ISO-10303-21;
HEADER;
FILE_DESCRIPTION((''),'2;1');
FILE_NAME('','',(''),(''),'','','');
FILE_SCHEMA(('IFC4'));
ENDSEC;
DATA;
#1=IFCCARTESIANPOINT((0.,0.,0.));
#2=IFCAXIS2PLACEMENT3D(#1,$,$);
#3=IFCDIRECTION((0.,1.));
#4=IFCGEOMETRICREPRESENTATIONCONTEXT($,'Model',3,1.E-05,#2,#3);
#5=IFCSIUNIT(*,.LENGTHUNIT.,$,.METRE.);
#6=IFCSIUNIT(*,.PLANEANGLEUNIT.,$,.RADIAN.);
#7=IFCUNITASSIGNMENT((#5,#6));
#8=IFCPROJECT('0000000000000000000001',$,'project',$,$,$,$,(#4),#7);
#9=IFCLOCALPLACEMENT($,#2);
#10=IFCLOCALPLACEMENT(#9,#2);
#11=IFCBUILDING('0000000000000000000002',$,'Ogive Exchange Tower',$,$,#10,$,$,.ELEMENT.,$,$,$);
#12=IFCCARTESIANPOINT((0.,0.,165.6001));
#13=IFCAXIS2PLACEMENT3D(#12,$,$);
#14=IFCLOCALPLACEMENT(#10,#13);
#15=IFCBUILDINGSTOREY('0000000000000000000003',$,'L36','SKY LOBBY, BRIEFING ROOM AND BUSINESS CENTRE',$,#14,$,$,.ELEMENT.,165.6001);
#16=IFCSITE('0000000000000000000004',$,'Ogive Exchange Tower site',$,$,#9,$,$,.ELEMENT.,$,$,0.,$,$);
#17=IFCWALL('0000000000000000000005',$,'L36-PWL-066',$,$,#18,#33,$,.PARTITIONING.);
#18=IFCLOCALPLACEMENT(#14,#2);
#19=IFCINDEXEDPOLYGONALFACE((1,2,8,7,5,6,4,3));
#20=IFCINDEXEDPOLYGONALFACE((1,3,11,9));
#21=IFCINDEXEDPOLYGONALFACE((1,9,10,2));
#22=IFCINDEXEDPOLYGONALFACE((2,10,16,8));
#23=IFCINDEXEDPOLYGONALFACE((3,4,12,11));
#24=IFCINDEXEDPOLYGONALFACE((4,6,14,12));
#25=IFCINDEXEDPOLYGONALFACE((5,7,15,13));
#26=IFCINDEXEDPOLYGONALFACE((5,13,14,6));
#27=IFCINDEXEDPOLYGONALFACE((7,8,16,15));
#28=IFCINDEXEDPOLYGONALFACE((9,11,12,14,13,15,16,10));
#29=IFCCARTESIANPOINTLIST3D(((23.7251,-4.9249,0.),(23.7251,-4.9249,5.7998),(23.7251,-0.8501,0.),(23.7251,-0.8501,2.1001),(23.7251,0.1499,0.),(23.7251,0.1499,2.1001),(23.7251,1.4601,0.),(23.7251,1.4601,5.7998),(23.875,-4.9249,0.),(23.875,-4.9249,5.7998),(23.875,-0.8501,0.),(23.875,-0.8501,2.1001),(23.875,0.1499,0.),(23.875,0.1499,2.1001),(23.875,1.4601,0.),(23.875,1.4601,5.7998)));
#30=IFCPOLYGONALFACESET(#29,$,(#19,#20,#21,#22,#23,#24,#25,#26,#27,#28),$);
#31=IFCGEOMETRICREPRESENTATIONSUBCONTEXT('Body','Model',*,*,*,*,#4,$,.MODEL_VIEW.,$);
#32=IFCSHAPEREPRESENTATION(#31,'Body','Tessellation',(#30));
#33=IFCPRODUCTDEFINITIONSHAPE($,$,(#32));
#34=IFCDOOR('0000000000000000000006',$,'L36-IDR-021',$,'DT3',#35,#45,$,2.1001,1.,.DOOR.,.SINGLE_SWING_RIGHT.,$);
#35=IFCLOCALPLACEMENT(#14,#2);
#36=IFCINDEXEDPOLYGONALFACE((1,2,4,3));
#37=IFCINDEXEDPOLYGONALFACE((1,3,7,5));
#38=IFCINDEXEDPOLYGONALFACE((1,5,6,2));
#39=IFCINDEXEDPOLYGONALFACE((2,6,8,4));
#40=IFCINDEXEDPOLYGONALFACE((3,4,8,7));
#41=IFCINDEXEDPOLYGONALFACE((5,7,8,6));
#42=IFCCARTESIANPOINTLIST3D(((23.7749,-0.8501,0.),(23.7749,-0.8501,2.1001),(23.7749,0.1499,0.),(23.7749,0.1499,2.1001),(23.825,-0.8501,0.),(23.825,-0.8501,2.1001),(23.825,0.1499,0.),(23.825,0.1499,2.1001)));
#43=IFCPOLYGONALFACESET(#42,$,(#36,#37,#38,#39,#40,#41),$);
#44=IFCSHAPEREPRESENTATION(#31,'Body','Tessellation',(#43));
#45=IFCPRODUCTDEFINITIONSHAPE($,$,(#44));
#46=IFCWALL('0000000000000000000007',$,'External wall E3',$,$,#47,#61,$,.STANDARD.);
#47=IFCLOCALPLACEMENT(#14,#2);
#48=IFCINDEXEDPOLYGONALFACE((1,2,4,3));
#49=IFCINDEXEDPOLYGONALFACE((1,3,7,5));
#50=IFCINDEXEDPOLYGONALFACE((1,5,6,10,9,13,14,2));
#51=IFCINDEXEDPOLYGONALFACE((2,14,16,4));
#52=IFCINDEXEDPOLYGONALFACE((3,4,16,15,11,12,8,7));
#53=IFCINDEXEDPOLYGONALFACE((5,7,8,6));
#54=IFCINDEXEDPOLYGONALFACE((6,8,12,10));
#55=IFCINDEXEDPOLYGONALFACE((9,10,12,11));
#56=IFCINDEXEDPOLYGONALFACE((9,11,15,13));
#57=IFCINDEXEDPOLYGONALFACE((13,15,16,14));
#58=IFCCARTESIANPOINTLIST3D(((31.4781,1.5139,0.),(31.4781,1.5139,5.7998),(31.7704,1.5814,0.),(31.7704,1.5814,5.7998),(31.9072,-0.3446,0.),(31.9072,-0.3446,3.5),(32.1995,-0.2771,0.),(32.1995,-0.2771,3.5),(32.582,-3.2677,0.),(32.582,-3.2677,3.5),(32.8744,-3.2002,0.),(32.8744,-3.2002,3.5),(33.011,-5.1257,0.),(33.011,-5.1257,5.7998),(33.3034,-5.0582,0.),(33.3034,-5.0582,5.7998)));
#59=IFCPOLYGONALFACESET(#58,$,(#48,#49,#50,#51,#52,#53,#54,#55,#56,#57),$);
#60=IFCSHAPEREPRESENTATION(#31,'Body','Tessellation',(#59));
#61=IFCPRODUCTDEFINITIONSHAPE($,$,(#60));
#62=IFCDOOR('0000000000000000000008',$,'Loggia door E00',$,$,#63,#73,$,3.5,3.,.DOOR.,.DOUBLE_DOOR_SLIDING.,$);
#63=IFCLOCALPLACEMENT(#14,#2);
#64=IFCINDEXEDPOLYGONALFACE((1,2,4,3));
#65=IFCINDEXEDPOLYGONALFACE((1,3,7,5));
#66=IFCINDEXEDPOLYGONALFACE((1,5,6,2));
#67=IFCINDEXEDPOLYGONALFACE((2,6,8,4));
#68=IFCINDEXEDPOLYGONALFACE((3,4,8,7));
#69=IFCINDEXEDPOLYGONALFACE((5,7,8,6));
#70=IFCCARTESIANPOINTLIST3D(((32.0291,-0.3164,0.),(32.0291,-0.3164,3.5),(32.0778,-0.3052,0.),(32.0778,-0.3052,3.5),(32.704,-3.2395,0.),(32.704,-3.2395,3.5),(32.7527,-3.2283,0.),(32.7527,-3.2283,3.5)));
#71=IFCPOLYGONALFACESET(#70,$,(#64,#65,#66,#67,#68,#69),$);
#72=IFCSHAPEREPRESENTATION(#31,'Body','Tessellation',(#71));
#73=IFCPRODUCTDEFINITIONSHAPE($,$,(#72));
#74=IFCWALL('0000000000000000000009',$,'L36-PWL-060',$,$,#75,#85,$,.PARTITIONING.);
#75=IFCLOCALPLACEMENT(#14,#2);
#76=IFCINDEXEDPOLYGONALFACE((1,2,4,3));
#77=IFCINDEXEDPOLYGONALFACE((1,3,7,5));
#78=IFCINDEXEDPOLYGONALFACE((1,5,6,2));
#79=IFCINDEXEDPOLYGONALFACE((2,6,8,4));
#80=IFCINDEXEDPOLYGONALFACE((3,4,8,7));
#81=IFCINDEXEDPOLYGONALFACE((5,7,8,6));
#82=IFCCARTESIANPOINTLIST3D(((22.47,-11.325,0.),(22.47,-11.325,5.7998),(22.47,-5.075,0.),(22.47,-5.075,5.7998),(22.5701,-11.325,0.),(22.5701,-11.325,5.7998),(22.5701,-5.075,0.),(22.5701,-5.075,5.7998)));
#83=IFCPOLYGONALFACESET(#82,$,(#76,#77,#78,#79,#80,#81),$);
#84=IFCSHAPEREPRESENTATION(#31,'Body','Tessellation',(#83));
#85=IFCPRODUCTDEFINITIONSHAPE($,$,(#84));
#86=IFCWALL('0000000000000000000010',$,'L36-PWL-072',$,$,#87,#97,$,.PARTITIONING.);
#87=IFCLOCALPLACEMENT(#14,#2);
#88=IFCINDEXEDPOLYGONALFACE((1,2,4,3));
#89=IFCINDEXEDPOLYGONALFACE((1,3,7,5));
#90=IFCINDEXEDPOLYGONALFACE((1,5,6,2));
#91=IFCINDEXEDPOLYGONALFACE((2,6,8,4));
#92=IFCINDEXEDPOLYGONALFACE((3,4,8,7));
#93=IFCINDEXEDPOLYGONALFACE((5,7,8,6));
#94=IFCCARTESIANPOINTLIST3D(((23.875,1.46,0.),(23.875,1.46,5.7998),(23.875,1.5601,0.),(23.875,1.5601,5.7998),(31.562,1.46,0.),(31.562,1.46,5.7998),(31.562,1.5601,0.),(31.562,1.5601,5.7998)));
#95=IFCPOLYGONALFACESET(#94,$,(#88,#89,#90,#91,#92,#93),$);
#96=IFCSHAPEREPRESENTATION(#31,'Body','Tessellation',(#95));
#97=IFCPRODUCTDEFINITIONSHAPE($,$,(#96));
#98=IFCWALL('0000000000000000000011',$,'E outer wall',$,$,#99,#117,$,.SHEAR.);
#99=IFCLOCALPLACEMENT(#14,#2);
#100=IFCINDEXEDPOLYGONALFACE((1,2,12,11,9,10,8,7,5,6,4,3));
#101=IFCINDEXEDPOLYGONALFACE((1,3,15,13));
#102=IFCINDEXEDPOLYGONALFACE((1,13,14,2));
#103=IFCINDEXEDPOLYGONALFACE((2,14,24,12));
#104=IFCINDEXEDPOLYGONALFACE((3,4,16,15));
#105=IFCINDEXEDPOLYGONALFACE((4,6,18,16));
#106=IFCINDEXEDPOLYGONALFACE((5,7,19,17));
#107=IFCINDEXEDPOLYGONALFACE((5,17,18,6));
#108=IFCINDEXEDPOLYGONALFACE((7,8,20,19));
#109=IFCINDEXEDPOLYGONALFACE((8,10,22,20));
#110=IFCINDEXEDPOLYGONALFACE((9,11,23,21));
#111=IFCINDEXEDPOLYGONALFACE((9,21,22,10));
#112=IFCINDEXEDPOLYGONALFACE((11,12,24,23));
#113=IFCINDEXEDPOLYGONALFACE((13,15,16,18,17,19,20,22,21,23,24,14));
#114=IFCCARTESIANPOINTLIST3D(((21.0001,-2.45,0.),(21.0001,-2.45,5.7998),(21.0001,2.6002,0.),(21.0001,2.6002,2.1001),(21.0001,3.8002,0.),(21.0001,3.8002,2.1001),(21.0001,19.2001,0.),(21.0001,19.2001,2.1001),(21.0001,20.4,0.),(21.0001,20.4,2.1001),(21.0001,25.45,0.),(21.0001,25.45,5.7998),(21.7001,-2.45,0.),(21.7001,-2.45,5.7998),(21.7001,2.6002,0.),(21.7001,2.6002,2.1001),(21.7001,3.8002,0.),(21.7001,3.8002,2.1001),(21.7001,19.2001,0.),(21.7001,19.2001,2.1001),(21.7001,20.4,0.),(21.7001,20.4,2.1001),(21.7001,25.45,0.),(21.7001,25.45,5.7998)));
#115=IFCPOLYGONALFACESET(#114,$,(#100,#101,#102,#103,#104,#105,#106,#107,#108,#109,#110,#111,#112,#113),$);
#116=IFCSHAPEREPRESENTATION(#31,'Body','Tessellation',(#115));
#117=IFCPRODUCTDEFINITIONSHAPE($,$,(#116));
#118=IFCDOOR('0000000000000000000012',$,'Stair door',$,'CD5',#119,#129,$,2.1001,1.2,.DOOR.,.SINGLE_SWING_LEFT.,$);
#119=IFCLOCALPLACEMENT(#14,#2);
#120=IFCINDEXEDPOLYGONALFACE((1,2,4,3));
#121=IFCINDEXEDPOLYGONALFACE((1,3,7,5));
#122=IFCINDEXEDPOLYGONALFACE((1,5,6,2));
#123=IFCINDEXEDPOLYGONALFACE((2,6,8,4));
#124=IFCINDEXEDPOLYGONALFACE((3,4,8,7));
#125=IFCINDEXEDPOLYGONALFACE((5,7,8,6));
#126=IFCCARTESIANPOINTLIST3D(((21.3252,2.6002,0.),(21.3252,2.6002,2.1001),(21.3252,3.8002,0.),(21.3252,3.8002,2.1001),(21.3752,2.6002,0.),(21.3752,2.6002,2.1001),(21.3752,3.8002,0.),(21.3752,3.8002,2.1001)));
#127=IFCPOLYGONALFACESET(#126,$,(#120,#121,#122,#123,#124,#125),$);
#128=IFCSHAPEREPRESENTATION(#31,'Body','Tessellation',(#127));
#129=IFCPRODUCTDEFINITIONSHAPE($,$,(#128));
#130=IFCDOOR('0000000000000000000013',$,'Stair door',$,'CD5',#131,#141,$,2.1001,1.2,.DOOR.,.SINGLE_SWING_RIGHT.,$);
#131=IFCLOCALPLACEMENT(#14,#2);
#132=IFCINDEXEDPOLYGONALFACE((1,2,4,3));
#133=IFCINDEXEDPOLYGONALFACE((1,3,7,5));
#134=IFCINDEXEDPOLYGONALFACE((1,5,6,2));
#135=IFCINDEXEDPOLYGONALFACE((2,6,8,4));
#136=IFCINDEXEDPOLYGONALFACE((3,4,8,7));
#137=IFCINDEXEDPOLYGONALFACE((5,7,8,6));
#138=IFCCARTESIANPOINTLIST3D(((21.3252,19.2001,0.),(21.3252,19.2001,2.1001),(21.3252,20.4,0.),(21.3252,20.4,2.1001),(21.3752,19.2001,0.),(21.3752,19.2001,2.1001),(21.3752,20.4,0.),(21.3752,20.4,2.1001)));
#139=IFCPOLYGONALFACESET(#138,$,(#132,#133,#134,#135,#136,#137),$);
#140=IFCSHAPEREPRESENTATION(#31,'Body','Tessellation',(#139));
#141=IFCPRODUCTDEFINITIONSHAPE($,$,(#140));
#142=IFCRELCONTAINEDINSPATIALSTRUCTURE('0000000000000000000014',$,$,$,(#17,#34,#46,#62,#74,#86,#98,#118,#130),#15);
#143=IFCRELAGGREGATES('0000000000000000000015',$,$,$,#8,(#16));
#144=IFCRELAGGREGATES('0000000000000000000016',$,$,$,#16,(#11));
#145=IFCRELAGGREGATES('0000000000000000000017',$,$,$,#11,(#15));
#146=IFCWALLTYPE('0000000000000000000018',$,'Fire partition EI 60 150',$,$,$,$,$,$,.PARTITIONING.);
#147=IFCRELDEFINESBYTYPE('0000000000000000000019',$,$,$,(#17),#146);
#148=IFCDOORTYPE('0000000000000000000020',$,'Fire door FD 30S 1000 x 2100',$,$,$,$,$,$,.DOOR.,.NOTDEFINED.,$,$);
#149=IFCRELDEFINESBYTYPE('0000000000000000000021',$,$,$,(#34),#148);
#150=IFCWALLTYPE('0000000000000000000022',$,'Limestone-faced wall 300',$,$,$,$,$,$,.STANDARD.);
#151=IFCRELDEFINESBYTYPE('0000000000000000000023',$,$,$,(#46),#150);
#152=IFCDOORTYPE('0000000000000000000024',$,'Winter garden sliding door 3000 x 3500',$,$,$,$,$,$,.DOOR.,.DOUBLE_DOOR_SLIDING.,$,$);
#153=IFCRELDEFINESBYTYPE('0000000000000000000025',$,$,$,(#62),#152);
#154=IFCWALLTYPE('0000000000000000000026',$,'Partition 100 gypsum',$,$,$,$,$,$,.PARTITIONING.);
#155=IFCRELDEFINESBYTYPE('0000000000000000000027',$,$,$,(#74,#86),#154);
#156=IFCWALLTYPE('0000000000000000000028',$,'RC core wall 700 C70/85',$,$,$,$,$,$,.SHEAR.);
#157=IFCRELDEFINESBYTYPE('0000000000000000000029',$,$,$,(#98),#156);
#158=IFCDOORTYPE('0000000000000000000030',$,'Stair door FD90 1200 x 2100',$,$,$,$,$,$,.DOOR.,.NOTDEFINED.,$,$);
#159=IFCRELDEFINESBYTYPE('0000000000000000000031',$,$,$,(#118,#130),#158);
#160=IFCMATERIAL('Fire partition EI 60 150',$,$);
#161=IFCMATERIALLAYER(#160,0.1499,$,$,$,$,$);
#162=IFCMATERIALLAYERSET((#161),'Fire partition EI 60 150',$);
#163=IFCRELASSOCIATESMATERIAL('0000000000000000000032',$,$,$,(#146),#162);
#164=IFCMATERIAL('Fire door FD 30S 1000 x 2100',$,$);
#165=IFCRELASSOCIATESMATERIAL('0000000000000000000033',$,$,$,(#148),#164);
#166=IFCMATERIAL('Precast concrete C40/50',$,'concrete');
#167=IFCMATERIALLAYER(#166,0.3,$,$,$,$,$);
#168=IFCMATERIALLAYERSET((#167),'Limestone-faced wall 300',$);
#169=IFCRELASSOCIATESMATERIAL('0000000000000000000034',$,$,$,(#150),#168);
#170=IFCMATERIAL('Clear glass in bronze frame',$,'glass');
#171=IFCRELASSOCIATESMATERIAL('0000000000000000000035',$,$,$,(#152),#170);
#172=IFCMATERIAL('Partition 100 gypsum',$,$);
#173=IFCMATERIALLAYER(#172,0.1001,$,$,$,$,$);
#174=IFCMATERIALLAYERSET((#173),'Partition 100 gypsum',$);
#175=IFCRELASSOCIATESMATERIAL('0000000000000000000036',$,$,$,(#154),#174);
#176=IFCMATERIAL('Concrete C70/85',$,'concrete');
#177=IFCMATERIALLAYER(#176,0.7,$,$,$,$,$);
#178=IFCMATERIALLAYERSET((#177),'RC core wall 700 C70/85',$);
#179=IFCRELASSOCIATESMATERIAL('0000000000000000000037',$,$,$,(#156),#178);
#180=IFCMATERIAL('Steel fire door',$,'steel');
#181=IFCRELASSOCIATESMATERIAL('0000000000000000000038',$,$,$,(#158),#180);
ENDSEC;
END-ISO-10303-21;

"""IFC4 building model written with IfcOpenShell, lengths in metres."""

from ifc_helpers import new_model, si_unit, direction, frame, frame_2d, origin, place, context, subcontext, project, spatial, rectangle, extrude, material, layer, layer_set, type_object, element, fill, save


model = new_model("IFC4")

# Units and contexts
model_context = context("Model", 3, precision=1e-05, world=origin(), true_north=direction((0.0, 1.0)))
body_context = subcontext(model_context, "Body", "Model", "MODEL_VIEW")
ifc_project = project(units=[si_unit("LENGTHUNIT", "METRE"), si_unit("PLANEANGLEUNIT", "RADIAN")], contexts=[model_context])

# Site, building, storey
site_placement = place(None, origin())
site = spatial("IfcSite", under=ifc_project, at=site_placement, Name="Ogive Exchange Tower site", CompositionType="ELEMENT", RefElevation=0.0)
building_placement = place(site_placement, origin())
building = spatial("IfcBuilding", under=site, at=building_placement, Name="Ogive Exchange Tower", CompositionType="ELEMENT")
storey_placement = place(building_placement, frame((0.0, 0.0, 165.6001)))
storey = spatial("IfcBuildingStorey", under=building, at=storey_placement, Name="L36", Description="SKY LOBBY, BRIEFING ROOM AND BUSINESS CENTRE", CompositionType="ELEMENT", Elevation=165.6001)

# Shared definitions
ifc_material_1 = material(Name="Fire partition EI 60 150")
ifc_layer_1 = layer(ifc_material_1, 0.1499)
ifc_layer_set_1 = layer_set([ifc_layer_1], Name="Fire partition EI 60 150")
wall_type_1 = type_object("IfcWallType", Name="Fire partition EI 60 150", PredefinedType="PARTITIONING", material=ifc_layer_set_1)
ifc_material_2 = material(Name="Fire door FD 30S 1000 x 2100")
door_type_1 = type_object("IfcDoorType", Name="Fire door FD 30S 1000 x 2100", OperationType="NOTDEFINED", PredefinedType="DOOR", material=ifc_material_2)

# Walls, openings, doors
wall_1_placement = place(storey_placement, frame((23.8, 1.46, 0.0), z_axis=(0.0, 0.0, 1.0), x_axis=(0.0, -1.0, 0.0)))
wall_1 = element("IfcWall", 1, at=wall_1_placement, inside=storey, type_object=wall_type_1, Name="L36-PWL-066", PredefinedType="PARTITIONING", context=body_context, shape_type="SweptSolid", body=[
    extrude(rectangle(XDim=6.385, YDim=0.1499, at=frame_2d((3.1924, 0.0))), origin(), (0.0, 0.0, 1.0), 5.7998),
])
opening_1_placement = place(wall_1_placement, frame((1.3101, 0.0, 0.0)))
opening_1 = element("IfcOpeningElement", 2, at=opening_1_placement, cuts=wall_1, PredefinedType="OPENING", context=body_context, shape_type="SweptSolid", body=[
    extrude(rectangle(XDim=1.0, YDim=2.1001, at=frame_2d((0.5, 1.05))), frame((0.0, 0.085, 0.0), z_axis=(0.0, -1.0, 0.0), x_axis=(1.0, 0.0, 0.0)), (0.0, 0.0, 1.0), 0.1699),
])
door_1_placement = place(opening_1_placement, origin())
door_1 = element("IfcDoor", 3, at=door_1_placement, inside=storey, type_object=door_type_1, Name="L36-IDR-021", ObjectType="DT3", OperationType="SINGLE_SWING_RIGHT", OverallHeight=2.1001, OverallWidth=1.0, PredefinedType="DOOR", context=body_context, shape_type="SweptSolid", body=[
    extrude(rectangle(XDim=1.0, YDim=2.1001, at=frame_2d((0.5, 1.05))), frame((0.0, 0.0249, 0.0), z_axis=(0.0, -1.0, 0.0), x_axis=(1.0, 0.0, 0.0)), (0.0, 0.0, 1.0), 0.05),
])
fill(opening_1, door_1)
ifc_material_3 = material(Name="Precast concrete C40/50", Category="concrete")
ifc_layer_2 = layer(ifc_material_3, 0.3)
ifc_layer_set_2 = layer_set([ifc_layer_2], Name="Limestone-faced wall 300")
wall_type_2 = type_object("IfcWallType", Name="Limestone-faced wall 300", PredefinedType="STANDARD", material=ifc_layer_set_2)
wall_2_placement = place(storey_placement, frame((33.1572, -5.092, 0.0), z_axis=(0.0, 0.0, 1.0), x_axis=(-0.224962, 0.974368, 0.0)))
wall_2 = element("IfcWall", 4, at=wall_2_placement, inside=storey, type_object=wall_type_2, Name="External wall E3", PredefinedType="STANDARD", context=body_context, shape_type="SweptSolid", body=[
    extrude(rectangle(XDim=6.8142, YDim=0.3, at=frame_2d((3.4072, 0.0))), origin(), (0.0, 0.0, 1.0), 5.7998),
])
opening_2_placement = place(wall_2_placement, frame((1.907, 0.0, 0.0)))
opening_2 = element("IfcOpeningElement", 5, at=opening_2_placement, cuts=wall_2, PredefinedType="OPENING", context=body_context, shape_type="SweptSolid", body=[
    extrude(rectangle(XDim=3.0, YDim=3.5, at=frame_2d((1.5, 1.75))), frame((0.0, 0.1599, 0.0), z_axis=(0.0, -1.0, 0.0), x_axis=(1.0, 0.0, 0.0)), (0.0, 0.0, 1.0), 0.3201),
])
ifc_material_4 = material(Name="Clear glass in bronze frame", Category="glass")
door_type_2 = type_object("IfcDoorType", Name="Winter garden sliding door 3000 x 3500", OperationType="DOUBLE_DOOR_SLIDING", PredefinedType="DOOR", material=ifc_material_4)
door_2_placement = place(opening_2_placement, origin())
door_2 = element("IfcDoor", 6, at=door_2_placement, inside=storey, type_object=door_type_2, Name="Loggia door E00", OperationType="DOUBLE_DOOR_SLIDING", OverallHeight=3.5, OverallWidth=3.0, PredefinedType="DOOR", context=body_context, shape_type="SweptSolid", body=[
    extrude(rectangle(XDim=3.0, YDim=3.5, at=frame_2d((1.5, 1.75))), frame((0.0, 0.0249, 0.0), z_axis=(0.0, -1.0, 0.0), x_axis=(1.0, 0.0, 0.0)), (0.0, 0.0, 1.0), 0.05),
])
fill(opening_2, door_2)

# Walls
ifc_material_5 = material(Name="Partition 100 gypsum")
ifc_layer_3 = layer(ifc_material_5, 0.1001)
ifc_layer_set_3 = layer_set([ifc_layer_3], Name="Partition 100 gypsum")
wall_type_3 = type_object("IfcWallType", Name="Partition 100 gypsum", PredefinedType="PARTITIONING", material=ifc_layer_set_3)
wall_3_placement = place(storey_placement, frame((22.52, -5.075, 0.0), z_axis=(0.0, 0.0, 1.0), x_axis=(0.0, -1.0, 0.0)))
element("IfcWall", 7, at=wall_3_placement, inside=storey, type_object=wall_type_3, Name="L36-PWL-060", PredefinedType="PARTITIONING", context=body_context, shape_type="SweptSolid", body=[
    extrude(rectangle(XDim=6.25, YDim=0.1001, at=frame_2d((3.125, 0.0))), origin(), (0.0, 0.0, 1.0), 5.7998),
])
wall_4_placement = place(storey_placement, frame((31.562, 1.51, 0.0), z_axis=(0.0, 0.0, 1.0), x_axis=(-1.0, 0.0, 0.0)))
element("IfcWall", 8, at=wall_4_placement, inside=storey, type_object=wall_type_3, Name="L36-PWL-072", PredefinedType="PARTITIONING", context=body_context, shape_type="SweptSolid", body=[
    extrude(rectangle(XDim=7.687, YDim=0.1001, at=frame_2d((3.8435, 0.0))), origin(), (0.0, 0.0, 1.0), 5.7998),
])

# Wall, openings, doors
ifc_material_6 = material(Name="Concrete C70/85", Category="concrete")
ifc_layer_4 = layer(ifc_material_6, 0.7)
ifc_layer_set_4 = layer_set([ifc_layer_4], Name="RC core wall 700 C70/85")
wall_type_4 = type_object("IfcWallType", Name="RC core wall 700 C70/85", PredefinedType="SHEAR", material=ifc_layer_set_4)
wall_5_placement = place(storey_placement, frame((21.3501, -2.45, 0.0), z_axis=(0.0, 0.0, 1.0), x_axis=(0.0, 1.0, 0.0)))
wall_5 = element("IfcWall", 9, at=wall_5_placement, inside=storey, type_object=wall_type_4, Name="E outer wall", PredefinedType="SHEAR", context=body_context, shape_type="SweptSolid", body=[
    extrude(rectangle(XDim=27.8999, YDim=0.7, at=frame_2d((13.95, 0.0))), origin(), (0.0, 0.0, 1.0), 5.7998),
])
opening_3_placement = place(wall_5_placement, frame((5.05, 0.0, 0.0)))
opening_3 = element("IfcOpeningElement", 10, at=opening_3_placement, cuts=wall_5, PredefinedType="OPENING", context=body_context, shape_type="SweptSolid", body=[
    extrude(rectangle(XDim=1.2, YDim=2.1001, at=frame_2d((0.6001, 1.05))), frame((0.0, 0.3599, 0.0), z_axis=(0.0, -1.0, 0.0), x_axis=(1.0, 0.0, 0.0)), (0.0, 0.0, 1.0), 0.72),
])
opening_4_placement = place(wall_5_placement, frame((21.6499, 0.0, 0.0)))
opening_4 = element("IfcOpeningElement", 11, at=opening_4_placement, cuts=wall_5, PredefinedType="OPENING", context=body_context, shape_type="SweptSolid", body=[
    extrude(rectangle(XDim=1.2, YDim=2.1001, at=frame_2d((0.6001, 1.05))), frame((0.0, 0.3599, 0.0), z_axis=(0.0, -1.0, 0.0), x_axis=(1.0, 0.0, 0.0)), (0.0, 0.0, 1.0), 0.72),
])
ifc_material_7 = material(Name="Steel fire door", Category="steel")
door_type_3 = type_object("IfcDoorType", Name="Stair door FD90 1200 x 2100", OperationType="NOTDEFINED", PredefinedType="DOOR", material=ifc_material_7)
door_3_placement = place(opening_3_placement, origin())
door_3 = element("IfcDoor", 12, at=door_3_placement, inside=storey, type_object=door_type_3, Name="Stair door", ObjectType="CD5", OperationType="SINGLE_SWING_LEFT", OverallHeight=2.1001, OverallWidth=1.2, PredefinedType="DOOR", context=body_context, shape_type="SweptSolid", body=[
    extrude(rectangle(XDim=1.2, YDim=2.1001, at=frame_2d((0.6001, 1.05))), frame((0.0, 0.0249, 0.0), z_axis=(0.0, -1.0, 0.0), x_axis=(1.0, 0.0, 0.0)), (0.0, 0.0, 1.0), 0.05),
])
fill(opening_3, door_3)
door_4_placement = place(opening_4_placement, origin())
door_4 = element("IfcDoor", 13, at=door_4_placement, inside=storey, type_object=door_type_3, Name="Stair door", ObjectType="CD5", OperationType="SINGLE_SWING_RIGHT", OverallHeight=2.1001, OverallWidth=1.2, PredefinedType="DOOR", context=body_context, shape_type="SweptSolid", body=[
    extrude(rectangle(XDim=1.2, YDim=2.1001, at=frame_2d((0.6001, 1.05))), frame((0.0, 0.0249, 0.0), z_axis=(0.0, -1.0, 0.0), x_axis=(1.0, 0.0, 0.0)), (0.0, 0.0, 1.0), 0.05),
])
fill(opening_4, door_4)

save(model, "model.ifc")
